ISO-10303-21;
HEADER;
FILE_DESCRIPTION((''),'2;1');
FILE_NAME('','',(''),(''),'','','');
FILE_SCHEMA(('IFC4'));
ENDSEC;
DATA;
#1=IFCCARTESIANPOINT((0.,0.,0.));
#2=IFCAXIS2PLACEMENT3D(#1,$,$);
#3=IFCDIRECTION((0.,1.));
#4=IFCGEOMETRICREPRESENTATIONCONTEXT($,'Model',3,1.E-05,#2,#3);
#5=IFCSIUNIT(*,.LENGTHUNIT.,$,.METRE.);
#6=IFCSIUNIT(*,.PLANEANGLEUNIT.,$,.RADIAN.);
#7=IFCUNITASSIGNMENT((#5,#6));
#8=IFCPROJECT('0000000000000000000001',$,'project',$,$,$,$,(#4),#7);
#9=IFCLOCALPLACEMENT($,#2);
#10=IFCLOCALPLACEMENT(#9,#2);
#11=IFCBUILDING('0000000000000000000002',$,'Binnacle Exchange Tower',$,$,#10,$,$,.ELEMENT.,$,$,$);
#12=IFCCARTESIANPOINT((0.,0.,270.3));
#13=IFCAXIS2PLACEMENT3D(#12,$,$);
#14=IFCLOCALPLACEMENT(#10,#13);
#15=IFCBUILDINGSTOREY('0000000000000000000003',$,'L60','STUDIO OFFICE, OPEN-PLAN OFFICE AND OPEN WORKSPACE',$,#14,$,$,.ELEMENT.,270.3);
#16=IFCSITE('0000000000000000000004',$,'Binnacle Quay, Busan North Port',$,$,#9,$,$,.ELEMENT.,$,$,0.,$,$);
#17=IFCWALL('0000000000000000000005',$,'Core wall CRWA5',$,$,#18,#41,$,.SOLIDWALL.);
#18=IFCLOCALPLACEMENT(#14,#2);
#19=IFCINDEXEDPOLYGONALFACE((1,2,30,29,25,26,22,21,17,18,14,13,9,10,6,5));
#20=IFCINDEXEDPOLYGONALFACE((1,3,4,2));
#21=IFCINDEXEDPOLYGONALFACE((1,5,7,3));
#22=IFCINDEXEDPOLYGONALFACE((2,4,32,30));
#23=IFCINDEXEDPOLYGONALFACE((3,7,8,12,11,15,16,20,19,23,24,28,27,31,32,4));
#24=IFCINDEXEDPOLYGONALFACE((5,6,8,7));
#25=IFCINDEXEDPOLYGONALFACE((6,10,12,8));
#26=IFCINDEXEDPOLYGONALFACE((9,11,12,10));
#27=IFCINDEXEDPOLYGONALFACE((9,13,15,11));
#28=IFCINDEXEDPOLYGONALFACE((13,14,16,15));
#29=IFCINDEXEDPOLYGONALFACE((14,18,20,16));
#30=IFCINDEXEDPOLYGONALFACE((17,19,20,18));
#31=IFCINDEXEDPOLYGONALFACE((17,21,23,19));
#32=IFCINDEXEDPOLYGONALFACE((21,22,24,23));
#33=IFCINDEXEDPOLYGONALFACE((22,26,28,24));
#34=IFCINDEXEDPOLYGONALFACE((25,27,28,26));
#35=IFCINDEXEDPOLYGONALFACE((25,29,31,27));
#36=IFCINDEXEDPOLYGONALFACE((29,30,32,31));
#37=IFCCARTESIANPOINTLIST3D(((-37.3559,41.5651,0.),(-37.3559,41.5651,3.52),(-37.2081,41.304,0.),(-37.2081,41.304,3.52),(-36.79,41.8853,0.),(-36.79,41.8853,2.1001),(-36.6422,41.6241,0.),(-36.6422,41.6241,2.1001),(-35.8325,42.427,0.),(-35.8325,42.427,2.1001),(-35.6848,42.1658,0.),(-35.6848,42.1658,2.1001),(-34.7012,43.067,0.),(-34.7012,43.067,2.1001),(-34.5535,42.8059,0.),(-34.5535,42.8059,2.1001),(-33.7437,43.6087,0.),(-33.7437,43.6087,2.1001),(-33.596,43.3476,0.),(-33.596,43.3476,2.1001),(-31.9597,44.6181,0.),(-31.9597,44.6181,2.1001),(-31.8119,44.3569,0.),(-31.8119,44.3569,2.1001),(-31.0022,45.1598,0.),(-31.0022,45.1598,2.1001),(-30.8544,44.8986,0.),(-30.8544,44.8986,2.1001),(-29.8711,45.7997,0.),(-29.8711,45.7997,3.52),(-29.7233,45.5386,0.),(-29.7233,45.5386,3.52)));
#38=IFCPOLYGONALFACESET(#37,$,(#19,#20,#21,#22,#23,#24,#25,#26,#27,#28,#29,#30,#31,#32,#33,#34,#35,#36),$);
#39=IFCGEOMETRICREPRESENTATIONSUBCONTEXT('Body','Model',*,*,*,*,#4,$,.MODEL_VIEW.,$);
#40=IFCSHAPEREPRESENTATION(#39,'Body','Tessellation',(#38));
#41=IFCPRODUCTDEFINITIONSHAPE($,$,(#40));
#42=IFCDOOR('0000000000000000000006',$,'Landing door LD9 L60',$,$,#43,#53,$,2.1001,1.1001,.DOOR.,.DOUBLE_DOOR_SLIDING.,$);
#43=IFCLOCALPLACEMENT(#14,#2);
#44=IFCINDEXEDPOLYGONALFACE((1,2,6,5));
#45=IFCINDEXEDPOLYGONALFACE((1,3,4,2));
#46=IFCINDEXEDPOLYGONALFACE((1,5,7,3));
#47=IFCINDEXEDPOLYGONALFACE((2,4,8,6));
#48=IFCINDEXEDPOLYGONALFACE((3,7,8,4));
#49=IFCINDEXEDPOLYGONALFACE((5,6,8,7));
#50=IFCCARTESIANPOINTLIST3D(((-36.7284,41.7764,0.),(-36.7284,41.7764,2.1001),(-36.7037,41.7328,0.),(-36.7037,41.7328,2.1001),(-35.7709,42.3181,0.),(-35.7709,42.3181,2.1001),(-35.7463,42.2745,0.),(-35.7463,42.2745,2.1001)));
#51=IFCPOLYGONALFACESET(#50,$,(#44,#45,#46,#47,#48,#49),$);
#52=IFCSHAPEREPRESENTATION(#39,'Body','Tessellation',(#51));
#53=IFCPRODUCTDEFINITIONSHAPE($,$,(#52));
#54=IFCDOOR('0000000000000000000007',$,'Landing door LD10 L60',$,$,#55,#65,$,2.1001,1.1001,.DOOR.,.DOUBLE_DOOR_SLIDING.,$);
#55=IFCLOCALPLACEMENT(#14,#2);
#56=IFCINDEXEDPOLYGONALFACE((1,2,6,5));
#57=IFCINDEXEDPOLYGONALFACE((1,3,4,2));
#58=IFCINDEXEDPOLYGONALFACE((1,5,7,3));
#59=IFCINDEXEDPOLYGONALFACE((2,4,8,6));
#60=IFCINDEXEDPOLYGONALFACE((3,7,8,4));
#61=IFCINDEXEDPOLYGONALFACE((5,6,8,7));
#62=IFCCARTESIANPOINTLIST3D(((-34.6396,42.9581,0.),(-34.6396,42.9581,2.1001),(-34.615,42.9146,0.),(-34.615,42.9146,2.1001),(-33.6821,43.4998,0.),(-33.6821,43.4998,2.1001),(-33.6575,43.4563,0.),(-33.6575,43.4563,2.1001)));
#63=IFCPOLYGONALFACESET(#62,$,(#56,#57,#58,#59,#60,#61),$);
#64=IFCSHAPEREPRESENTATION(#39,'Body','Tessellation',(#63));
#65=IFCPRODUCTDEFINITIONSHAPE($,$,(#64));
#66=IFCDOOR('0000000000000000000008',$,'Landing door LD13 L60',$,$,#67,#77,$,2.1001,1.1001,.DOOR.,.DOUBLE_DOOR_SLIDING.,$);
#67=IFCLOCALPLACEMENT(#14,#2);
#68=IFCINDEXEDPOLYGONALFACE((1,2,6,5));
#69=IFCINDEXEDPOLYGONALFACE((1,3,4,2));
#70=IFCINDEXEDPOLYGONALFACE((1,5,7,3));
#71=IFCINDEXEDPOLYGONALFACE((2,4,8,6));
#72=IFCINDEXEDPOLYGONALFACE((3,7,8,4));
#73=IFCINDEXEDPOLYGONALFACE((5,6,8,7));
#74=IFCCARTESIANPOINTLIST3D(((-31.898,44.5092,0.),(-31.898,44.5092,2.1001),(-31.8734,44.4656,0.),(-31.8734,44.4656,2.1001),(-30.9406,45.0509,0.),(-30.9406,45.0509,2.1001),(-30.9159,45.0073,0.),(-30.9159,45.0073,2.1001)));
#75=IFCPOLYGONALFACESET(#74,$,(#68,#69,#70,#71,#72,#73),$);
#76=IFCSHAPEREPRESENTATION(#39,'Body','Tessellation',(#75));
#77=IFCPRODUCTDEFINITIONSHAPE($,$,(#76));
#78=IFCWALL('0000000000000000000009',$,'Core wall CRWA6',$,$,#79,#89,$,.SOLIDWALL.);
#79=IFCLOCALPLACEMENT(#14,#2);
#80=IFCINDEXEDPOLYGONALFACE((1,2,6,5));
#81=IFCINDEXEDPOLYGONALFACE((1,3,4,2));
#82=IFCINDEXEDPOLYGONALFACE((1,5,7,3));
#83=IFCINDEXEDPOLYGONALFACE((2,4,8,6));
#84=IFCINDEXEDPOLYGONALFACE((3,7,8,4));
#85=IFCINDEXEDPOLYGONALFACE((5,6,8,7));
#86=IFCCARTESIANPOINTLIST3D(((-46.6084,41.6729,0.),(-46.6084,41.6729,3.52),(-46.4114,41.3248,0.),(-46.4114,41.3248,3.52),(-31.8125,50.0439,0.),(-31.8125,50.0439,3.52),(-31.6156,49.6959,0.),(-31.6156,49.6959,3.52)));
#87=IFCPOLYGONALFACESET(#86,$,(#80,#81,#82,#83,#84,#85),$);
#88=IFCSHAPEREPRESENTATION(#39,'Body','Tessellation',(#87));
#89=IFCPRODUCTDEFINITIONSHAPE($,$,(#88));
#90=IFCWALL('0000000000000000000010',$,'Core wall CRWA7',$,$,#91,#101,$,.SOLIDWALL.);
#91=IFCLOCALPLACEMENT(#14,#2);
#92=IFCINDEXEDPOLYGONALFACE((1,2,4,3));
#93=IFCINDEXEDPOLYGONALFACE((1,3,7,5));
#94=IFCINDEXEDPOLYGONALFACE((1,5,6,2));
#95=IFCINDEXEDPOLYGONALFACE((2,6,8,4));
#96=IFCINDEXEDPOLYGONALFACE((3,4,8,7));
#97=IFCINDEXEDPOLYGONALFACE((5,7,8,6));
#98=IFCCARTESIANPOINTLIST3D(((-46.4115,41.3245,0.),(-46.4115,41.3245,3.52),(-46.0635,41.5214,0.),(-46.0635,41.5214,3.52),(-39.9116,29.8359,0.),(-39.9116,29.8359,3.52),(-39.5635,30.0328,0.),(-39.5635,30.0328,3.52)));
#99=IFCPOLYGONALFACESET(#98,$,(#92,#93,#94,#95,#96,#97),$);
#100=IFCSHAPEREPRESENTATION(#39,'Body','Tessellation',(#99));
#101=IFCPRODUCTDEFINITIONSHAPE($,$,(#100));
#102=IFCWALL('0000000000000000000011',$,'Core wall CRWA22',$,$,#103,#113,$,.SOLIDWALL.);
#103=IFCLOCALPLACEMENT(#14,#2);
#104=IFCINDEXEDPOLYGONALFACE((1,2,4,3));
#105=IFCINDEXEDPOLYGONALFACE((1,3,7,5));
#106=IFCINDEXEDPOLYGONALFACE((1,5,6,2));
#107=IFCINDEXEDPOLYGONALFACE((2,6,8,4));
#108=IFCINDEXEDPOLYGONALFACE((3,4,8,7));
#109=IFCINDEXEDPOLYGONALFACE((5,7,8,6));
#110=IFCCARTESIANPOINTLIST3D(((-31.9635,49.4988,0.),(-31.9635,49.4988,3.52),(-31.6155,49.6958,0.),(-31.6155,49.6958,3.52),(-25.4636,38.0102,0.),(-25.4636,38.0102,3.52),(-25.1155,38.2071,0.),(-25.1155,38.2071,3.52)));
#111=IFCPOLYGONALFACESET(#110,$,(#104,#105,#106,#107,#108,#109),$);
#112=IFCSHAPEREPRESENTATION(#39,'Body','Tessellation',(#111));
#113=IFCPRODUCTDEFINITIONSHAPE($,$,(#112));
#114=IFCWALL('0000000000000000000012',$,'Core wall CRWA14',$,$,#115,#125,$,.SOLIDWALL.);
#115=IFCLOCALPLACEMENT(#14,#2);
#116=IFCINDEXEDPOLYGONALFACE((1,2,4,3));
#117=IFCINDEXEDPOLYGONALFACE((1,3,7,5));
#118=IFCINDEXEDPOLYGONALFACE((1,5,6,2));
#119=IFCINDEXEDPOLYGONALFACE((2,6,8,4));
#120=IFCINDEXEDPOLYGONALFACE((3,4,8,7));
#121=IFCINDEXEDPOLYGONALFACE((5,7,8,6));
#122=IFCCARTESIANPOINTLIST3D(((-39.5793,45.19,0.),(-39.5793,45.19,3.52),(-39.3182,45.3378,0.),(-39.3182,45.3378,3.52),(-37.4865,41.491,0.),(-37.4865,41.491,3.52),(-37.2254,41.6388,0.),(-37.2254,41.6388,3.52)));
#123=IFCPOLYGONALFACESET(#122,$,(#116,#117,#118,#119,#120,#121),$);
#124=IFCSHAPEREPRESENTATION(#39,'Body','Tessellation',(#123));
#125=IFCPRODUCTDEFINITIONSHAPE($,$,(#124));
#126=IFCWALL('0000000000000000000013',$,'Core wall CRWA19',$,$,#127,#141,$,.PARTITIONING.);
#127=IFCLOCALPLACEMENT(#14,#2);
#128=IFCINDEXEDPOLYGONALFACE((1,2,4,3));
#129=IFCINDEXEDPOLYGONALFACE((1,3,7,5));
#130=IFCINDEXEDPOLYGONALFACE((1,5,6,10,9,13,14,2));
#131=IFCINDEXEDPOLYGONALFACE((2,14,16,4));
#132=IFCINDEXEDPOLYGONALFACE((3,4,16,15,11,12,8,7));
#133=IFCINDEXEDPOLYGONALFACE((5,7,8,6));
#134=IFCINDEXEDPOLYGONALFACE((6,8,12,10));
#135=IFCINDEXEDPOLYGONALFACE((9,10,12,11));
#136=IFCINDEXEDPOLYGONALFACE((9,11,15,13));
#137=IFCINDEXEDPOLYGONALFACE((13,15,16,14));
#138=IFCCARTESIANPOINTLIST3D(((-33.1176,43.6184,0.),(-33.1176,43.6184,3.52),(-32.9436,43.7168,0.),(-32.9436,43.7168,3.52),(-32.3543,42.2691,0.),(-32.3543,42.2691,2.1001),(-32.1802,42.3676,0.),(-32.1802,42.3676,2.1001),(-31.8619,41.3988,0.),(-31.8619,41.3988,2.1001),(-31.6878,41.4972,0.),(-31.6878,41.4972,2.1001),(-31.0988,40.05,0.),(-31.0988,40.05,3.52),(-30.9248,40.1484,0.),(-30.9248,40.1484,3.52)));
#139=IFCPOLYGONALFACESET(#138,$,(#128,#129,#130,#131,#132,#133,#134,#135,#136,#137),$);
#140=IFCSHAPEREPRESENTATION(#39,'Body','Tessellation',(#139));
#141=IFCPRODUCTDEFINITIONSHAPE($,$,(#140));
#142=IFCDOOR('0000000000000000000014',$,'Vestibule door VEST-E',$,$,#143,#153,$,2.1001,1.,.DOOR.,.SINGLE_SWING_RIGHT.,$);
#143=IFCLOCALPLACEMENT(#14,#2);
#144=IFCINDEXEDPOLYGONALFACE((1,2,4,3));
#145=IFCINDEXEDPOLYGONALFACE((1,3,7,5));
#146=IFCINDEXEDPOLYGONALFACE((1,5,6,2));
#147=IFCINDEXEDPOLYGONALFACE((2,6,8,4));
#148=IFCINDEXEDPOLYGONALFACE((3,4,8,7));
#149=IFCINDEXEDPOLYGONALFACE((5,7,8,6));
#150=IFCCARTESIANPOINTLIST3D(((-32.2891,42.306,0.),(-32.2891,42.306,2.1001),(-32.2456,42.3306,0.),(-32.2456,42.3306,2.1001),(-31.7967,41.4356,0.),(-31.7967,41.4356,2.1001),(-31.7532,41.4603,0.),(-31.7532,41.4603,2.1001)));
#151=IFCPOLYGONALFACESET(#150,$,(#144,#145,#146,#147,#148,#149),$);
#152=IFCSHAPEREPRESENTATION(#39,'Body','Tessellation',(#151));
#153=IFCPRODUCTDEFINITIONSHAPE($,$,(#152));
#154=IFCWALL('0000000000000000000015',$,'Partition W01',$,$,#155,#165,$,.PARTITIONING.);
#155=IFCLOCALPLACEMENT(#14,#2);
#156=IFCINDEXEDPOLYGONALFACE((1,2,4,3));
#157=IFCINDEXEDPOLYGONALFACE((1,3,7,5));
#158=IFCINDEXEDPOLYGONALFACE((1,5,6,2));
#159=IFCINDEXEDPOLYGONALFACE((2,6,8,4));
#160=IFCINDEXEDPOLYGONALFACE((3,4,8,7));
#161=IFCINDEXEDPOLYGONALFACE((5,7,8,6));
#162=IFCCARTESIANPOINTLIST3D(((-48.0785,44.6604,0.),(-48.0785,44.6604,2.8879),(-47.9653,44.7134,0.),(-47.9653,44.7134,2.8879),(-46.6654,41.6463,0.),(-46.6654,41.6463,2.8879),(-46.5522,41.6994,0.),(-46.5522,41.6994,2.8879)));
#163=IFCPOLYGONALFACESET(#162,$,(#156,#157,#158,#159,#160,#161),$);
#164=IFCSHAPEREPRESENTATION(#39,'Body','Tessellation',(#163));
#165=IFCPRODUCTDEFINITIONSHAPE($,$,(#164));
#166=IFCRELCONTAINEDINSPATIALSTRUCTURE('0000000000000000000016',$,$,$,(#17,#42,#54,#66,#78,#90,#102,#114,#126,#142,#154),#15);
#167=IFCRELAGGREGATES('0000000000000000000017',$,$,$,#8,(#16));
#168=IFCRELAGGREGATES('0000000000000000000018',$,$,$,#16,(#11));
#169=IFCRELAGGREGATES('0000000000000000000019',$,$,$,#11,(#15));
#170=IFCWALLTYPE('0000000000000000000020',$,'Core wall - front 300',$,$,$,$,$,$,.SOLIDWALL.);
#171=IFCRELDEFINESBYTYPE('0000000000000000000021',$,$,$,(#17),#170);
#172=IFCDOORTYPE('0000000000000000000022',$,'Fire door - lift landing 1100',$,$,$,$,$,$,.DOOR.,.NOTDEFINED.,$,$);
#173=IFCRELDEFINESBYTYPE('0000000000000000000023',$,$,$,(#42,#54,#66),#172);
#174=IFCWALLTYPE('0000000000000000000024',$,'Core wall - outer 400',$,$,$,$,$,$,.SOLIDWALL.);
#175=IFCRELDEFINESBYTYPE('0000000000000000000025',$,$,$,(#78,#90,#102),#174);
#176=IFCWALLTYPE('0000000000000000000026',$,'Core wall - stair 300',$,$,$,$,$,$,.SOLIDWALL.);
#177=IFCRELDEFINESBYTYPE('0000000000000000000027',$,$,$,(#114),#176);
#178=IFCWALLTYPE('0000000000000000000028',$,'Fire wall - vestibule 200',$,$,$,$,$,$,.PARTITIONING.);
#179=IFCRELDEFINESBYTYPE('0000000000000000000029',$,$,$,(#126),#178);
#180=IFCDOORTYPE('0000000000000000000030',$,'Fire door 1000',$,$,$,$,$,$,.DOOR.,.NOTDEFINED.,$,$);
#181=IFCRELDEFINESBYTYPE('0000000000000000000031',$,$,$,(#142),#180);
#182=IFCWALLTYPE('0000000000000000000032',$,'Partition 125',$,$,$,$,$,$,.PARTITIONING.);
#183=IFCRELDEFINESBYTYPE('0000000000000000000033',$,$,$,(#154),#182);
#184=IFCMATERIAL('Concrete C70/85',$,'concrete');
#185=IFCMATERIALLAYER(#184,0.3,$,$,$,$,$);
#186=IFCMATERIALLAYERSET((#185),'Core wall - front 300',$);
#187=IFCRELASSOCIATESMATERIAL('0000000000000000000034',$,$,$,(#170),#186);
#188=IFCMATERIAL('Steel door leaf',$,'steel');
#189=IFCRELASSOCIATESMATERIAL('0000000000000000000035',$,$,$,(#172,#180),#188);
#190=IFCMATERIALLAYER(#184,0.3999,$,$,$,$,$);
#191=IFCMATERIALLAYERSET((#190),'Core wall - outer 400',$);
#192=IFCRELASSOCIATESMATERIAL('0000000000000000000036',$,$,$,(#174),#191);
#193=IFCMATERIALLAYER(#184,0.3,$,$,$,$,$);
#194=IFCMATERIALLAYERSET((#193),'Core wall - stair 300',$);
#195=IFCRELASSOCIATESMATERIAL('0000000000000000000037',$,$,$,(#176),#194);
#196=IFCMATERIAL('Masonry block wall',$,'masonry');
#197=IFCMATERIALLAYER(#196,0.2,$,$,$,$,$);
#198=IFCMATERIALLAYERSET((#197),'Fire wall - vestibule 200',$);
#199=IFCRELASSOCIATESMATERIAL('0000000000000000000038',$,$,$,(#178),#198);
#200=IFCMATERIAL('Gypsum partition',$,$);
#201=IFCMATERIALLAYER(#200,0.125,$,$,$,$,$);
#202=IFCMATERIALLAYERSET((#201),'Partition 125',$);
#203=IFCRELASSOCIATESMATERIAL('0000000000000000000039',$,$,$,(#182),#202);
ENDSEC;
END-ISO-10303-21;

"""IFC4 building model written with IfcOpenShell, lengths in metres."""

from ifc_helpers import new_model, si_unit, direction, frame, frame_2d, origin, place, context, subcontext, project, spatial, rectangle, extrude, material, layer, layer_set, type_object, element, fill, save


model = new_model("IFC4")

# Units and contexts
model_context = context("Model", 3, precision=1e-05, world=origin(), true_north=direction((0.0, 1.0)))
body_context = subcontext(model_context, "Body", "Model", "MODEL_VIEW")
ifc_project = project(units=[si_unit("LENGTHUNIT", "METRE"), si_unit("PLANEANGLEUNIT", "RADIAN")], contexts=[model_context])

# Site, building, storey
site_placement = place(None, origin())
site = spatial("IfcSite", under=ifc_project, at=site_placement, Name="Binnacle Quay, Busan North Port", CompositionType="ELEMENT", RefElevation=0.0)
building_placement = place(site_placement, origin())
building = spatial("IfcBuilding", under=site, at=building_placement, Name="Binnacle Exchange Tower", CompositionType="ELEMENT")
storey_placement = place(building_placement, frame((0.0, 0.0, 270.3)))
storey = spatial("IfcBuildingStorey", under=building, at=storey_placement, Name="L60", Description="STUDIO OFFICE, OPEN-PLAN OFFICE AND OPEN WORKSPACE", CompositionType="ELEMENT", Elevation=270.3)

# Wall, openings, doors
ifc_material_1 = material(Name="Concrete C70/85", Category="concrete")
ifc_layer_1 = layer(ifc_material_1, 0.3)
ifc_layer_set_1 = layer_set([ifc_layer_1], Name="Core wall - front 300")
wall_type_1 = type_object("IfcWallType", Name="Core wall - front 300", PredefinedType="SOLIDWALL", material=ifc_layer_set_1)
wall_1_placement = place(storey_placement, frame((-37.282, 41.4346, 0.0), z_axis=(0.0, 0.0, 1.0), x_axis=(0.870361, 0.492414, 0.0)))
wall_1 = element("IfcWall", 1, at=wall_1_placement, inside=storey, type_object=wall_type_1, Name="Core wall CRWA5", PredefinedType="SOLIDWALL", context=body_context, shape_type="SweptSolid", body=[
    extrude(rectangle(XDim=8.5996, YDim=0.3, at=frame_2d((4.2998, 0.0))), origin(), (0.0, 0.0, 1.0), 3.52),
])
opening_1_placement = place(wall_1_placement, frame((0.6501, 0.0, 0.0)))
opening_1 = element("IfcOpeningElement", 2, at=opening_1_placement, cuts=wall_1, PredefinedType="OPENING", context=body_context, shape_type="SweptSolid", body=[
    extrude(rectangle(XDim=1.1001, YDim=2.1001, at=frame_2d((0.55, 1.05))), frame((0.0, 0.1599, 0.0), z_axis=(0.0, -1.0, 0.0), x_axis=(1.0, 0.0, 0.0)), (0.0, 0.0, 1.0), 0.3201),
])
opening_2_placement = place(wall_1_placement, frame((3.05, 0.0, 0.0)))
opening_2 = element("IfcOpeningElement", 3, at=opening_2_placement, cuts=wall_1, PredefinedType="OPENING", context=body_context, shape_type="SweptSolid", body=[
    extrude(rectangle(XDim=1.1001, YDim=2.1001, at=frame_2d((0.55, 1.05))), frame((0.0, 0.1599, 0.0), z_axis=(0.0, -1.0, 0.0), x_axis=(1.0, 0.0, 0.0)), (0.0, 0.0, 1.0), 0.3201),
])
opening_3_placement = place(wall_1_placement, frame((6.2, 0.0, 0.0)))
opening_3 = element("IfcOpeningElement", 4, at=opening_3_placement, cuts=wall_1, PredefinedType="OPENING", context=body_context, shape_type="SweptSolid", body=[
    extrude(rectangle(XDim=1.1001, YDim=2.1001, at=frame_2d((0.55, 1.05))), frame((0.0, 0.1599, 0.0), z_axis=(0.0, -1.0, 0.0), x_axis=(1.0, 0.0, 0.0)), (0.0, 0.0, 1.0), 0.3201),
])
ifc_material_2 = material(Name="Steel door leaf", Category="steel")
door_type_1 = type_object("IfcDoorType", Name="Fire door - lift landing 1100", OperationType="NOTDEFINED", PredefinedType="DOOR", material=ifc_material_2)
door_1_placement = place(opening_1_placement, origin())
door_1 = element("IfcDoor", 5, at=door_1_placement, inside=storey, type_object=door_type_1, Name="Landing door LD9 L60", OperationType="DOUBLE_DOOR_SLIDING", OverallHeight=2.1001, OverallWidth=1.1001, PredefinedType="DOOR", context=body_context, shape_type="SweptSolid", body=[
    extrude(rectangle(XDim=1.1001, YDim=2.1001, at=frame_2d((0.55, 1.05))), frame((0.0, 0.0249, 0.0), z_axis=(0.0, -1.0, 0.0), x_axis=(1.0, 0.0, 0.0)), (0.0, 0.0, 1.0), 0.05),
])
fill(opening_1, door_1)
door_2_placement = place(opening_2_placement, origin())
door_2 = element("IfcDoor", 6, at=door_2_placement, inside=storey, type_object=door_type_1, Name="Landing door LD10 L60", OperationType="DOUBLE_DOOR_SLIDING", OverallHeight=2.1001, OverallWidth=1.1001, PredefinedType="DOOR", context=body_context, shape_type="SweptSolid", body=[
    extrude(rectangle(XDim=1.1001, YDim=2.1001, at=frame_2d((0.55, 1.05))), frame((0.0, 0.0249, 0.0), z_axis=(0.0, -1.0, 0.0), x_axis=(1.0, 0.0, 0.0)), (0.0, 0.0, 1.0), 0.05),
])
fill(opening_2, door_2)
door_3_placement = place(opening_3_placement, origin())
door_3 = element("IfcDoor", 7, at=door_3_placement, inside=storey, type_object=door_type_1, Name="Landing door LD13 L60", OperationType="DOUBLE_DOOR_SLIDING", OverallHeight=2.1001, OverallWidth=1.1001, PredefinedType="DOOR", context=body_context, shape_type="SweptSolid", body=[
    extrude(rectangle(XDim=1.1001, YDim=2.1001, at=frame_2d((0.55, 1.05))), frame((0.0, 0.0249, 0.0), z_axis=(0.0, -1.0, 0.0), x_axis=(1.0, 0.0, 0.0)), (0.0, 0.0, 1.0), 0.05),
])
fill(opening_3, door_3)

# Walls
ifc_layer_2 = layer(ifc_material_1, 0.3999)
ifc_layer_set_2 = layer_set([ifc_layer_2], Name="Core wall - outer 400")
wall_type_2 = type_object("IfcWallType", Name="Core wall - outer 400", PredefinedType="SOLIDWALL", material=ifc_layer_set_2)
wall_2_placement = place(storey_placement, frame((-46.51, 41.4988, 0.0), z_axis=(0.0, 0.0, 1.0), x_axis=(0.870356, 0.492423, 0.0)))
element("IfcWall", 8, at=wall_2_placement, inside=storey, type_object=wall_type_2, Name="Core wall CRWA6", PredefinedType="SOLIDWALL", context=body_context, shape_type="SweptSolid", body=[
    extrude(rectangle(XDim=16.9998, YDim=0.3999, at=frame_2d((8.5, 0.0))), origin(), (0.0, 0.0, 1.0), 3.52),
])
for number, where, z_axis, x_axis, name in (
    (9, (-46.2375, 41.4231, 0.0), (0.0, 0.0, 1.0), (0.492422, -0.870357, 0.0), "Core wall CRWA7"),
    (10, (-31.7896, 49.5974, 0.0), (0.0, 0.0, 1.0), (0.492422, -0.870357, 0.0), "Core wall CRWA22"),
):
    element("IfcWall", number, at=place(storey_placement, frame(where, z_axis=z_axis, x_axis=x_axis)), inside=storey, type_object=wall_type_2, Name=name, PredefinedType="SOLIDWALL", context=body_context, shape_type="SweptSolid", body=[
        extrude(rectangle(XDim=13.2, YDim=0.3999, at=frame_2d((6.6001, 0.0))), origin(), (0.0, 0.0, 1.0), 3.52),
    ])
ifc_layer_3 = layer(ifc_material_1, 0.3)
ifc_layer_set_3 = layer_set([ifc_layer_3], Name="Core wall - stair 300")
wall_type_3 = type_object("IfcWallType", Name="Core wall - stair 300", PredefinedType="SOLIDWALL", material=ifc_layer_set_3)
wall_3_placement = place(storey_placement, frame((-39.4487, 45.2639, 0.0), z_axis=(0.0, 0.0, 1.0), x_axis=(0.492423, -0.870356, 0.0)))
element("IfcWall", 11, at=wall_3_placement, inside=storey, type_object=wall_type_3, Name="Core wall CRWA14", PredefinedType="SOLIDWALL", context=body_context, shape_type="SweptSolid", body=[
    extrude(rectangle(XDim=4.25, YDim=0.3, at=frame_2d((2.125, 0.0))), origin(), (0.0, 0.0, 1.0), 3.52),
])

# Wall, opening, door
ifc_material_3 = material(Name="Masonry block wall", Category="masonry")
ifc_layer_4 = layer(ifc_material_3, 0.2)
ifc_layer_set_4 = layer_set([ifc_layer_4], Name="Fire wall - vestibule 200")
wall_type_4 = type_object("IfcWallType", Name="Fire wall - vestibule 200", PredefinedType="PARTITIONING", material=ifc_layer_set_4)
wall_4_placement = place(storey_placement, frame((-33.0305, 43.6675, 0.0), z_axis=(0.0, 0.0, 1.0), x_axis=(0.492408, -0.870364, 0.0)))
wall_4 = element("IfcWall", 12, at=wall_4_placement, inside=storey, type_object=wall_type_4, Name="Core wall CRWA19", PredefinedType="PARTITIONING", context=body_context, shape_type="SweptSolid", body=[
    extrude(rectangle(XDim=4.0999, YDim=0.2, at=frame_2d((2.0498, 0.0))), origin(), (0.0, 0.0, 1.0), 3.52),
])
opening_4_placement = place(wall_4_placement, frame((1.55, 0.0, 0.0)))
opening_4 = element("IfcOpeningElement", 13, at=opening_4_placement, cuts=wall_4, PredefinedType="OPENING", context=body_context, shape_type="SweptSolid", body=[
    extrude(rectangle(XDim=1.0, YDim=2.1001, at=frame_2d((0.5, 1.05))), frame((0.0, 0.1099, 0.0), z_axis=(0.0, -1.0, 0.0), x_axis=(1.0, 0.0, 0.0)), (0.0, 0.0, 1.0), 0.22),
])
door_type_2 = type_object("IfcDoorType", Name="Fire door 1000", OperationType="NOTDEFINED", PredefinedType="DOOR", material=ifc_material_2)
door_4_placement = place(opening_4_placement, origin())
door_4 = element("IfcDoor", 14, at=door_4_placement, inside=storey, type_object=door_type_2, Name="Vestibule door VEST-E", OperationType="SINGLE_SWING_RIGHT", OverallHeight=2.1001, OverallWidth=1.0, PredefinedType="DOOR", context=body_context, shape_type="SweptSolid", body=[
    extrude(rectangle(XDim=1.0, YDim=2.1001, at=frame_2d((0.5, 1.05))), frame((0.0, 0.0249, 0.0), z_axis=(0.0, -1.0, 0.0), x_axis=(1.0, 0.0, 0.0)), (0.0, 0.0, 1.0), 0.05),
])
fill(opening_4, door_4)

# Wall
ifc_material_4 = material(Name="Gypsum partition")
ifc_layer_5 = layer(ifc_material_4, 0.125)
ifc_layer_set_5 = layer_set([ifc_layer_5], Name="Partition 125")
wall_type_5 = type_object("IfcWallType", Name="Partition 125", PredefinedType="PARTITIONING", material=ifc_layer_set_5)
wall_5_placement = place(storey_placement, frame((-48.022, 44.687, 0.0), z_axis=(0.0, 0.0, 1.0), x_axis=(0.424511, -0.905423, 0.0)))
element("IfcWall", 15, at=wall_5_placement, inside=storey, type_object=wall_type_5, Name="Partition W01", PredefinedType="PARTITIONING", context=body_context, shape_type="SweptSolid", body=[
    extrude(rectangle(XDim=3.3289, YDim=0.125, at=frame_2d((1.6646, 0.0))), origin(), (0.0, 0.0, 1.0), 2.8879),
])

save(model, "model.ifc")
